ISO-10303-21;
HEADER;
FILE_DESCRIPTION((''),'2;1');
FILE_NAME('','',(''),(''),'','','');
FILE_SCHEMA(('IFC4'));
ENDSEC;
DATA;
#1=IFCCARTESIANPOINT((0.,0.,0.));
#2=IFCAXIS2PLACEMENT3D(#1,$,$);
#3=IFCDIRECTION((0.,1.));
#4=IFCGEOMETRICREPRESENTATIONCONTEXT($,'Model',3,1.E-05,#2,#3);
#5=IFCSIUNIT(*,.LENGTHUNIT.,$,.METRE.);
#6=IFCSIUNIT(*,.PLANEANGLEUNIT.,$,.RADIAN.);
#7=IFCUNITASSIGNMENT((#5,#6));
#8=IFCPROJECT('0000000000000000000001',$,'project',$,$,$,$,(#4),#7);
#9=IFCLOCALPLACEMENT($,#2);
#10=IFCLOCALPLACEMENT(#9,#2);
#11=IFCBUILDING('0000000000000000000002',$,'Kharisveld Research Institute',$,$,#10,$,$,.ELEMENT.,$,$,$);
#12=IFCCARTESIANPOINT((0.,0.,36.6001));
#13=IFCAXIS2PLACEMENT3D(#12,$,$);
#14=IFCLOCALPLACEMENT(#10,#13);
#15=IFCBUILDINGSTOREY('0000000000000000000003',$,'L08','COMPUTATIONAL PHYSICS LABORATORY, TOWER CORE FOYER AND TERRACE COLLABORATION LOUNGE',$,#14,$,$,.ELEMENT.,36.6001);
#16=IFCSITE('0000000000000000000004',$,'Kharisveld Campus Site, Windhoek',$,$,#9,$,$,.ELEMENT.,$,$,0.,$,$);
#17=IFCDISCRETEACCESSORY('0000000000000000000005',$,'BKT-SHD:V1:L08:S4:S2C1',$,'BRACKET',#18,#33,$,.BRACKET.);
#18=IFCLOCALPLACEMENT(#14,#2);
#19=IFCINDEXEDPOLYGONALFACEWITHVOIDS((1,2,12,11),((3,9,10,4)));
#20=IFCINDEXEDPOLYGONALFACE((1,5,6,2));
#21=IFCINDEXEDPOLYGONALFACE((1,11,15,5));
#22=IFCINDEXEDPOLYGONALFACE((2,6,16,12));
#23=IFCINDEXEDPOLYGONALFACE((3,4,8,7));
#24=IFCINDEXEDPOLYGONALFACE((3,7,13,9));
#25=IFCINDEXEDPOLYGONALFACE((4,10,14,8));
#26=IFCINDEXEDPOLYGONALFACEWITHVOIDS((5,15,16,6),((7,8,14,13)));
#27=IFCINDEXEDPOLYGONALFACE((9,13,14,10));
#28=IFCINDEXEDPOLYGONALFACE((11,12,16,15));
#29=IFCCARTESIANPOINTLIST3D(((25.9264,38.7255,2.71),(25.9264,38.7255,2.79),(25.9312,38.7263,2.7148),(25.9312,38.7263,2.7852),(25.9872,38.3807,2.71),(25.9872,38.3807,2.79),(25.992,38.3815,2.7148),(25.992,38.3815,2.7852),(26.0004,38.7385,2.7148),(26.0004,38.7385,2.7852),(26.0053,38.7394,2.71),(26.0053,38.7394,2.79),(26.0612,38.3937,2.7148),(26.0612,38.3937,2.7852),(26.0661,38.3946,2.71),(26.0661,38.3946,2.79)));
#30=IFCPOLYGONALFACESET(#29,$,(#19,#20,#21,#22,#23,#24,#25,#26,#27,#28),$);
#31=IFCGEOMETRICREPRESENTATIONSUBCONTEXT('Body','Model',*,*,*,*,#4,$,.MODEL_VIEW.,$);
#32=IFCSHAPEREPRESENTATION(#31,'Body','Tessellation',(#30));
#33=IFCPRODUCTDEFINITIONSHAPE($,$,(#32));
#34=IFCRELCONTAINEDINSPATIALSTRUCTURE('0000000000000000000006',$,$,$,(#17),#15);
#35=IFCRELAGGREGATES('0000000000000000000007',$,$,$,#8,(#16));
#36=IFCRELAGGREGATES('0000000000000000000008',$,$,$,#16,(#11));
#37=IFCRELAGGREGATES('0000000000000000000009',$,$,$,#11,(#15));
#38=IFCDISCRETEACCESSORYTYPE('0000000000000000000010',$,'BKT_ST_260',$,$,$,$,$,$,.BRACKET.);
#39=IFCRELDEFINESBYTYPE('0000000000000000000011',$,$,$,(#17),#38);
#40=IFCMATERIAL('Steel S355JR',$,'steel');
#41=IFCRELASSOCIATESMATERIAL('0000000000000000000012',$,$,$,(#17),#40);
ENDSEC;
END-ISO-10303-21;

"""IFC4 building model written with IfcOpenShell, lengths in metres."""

from ifc_helpers import new_model, si_unit, direction, frame, origin, origin_2d, place, context, subcontext, project, spatial, hollow_rectangle, extrude, material, type_object, element, save


model = new_model("IFC4")

# Units and contexts
model_context = context("Model", 3, precision=1e-05, world=origin(), true_north=direction((0.0, 1.0)))
body_context = subcontext(model_context, "Body", "Model", "MODEL_VIEW")
ifc_project = project(units=[si_unit("LENGTHUNIT", "METRE"), si_unit("PLANEANGLEUNIT", "RADIAN")], contexts=[model_context])

# Site, building, storey
site_placement = place(None, origin())
site = spatial("IfcSite", under=ifc_project, at=site_placement, Name="Kharisveld Campus Site, Windhoek", CompositionType="ELEMENT", RefElevation=0.0)
building_placement = place(site_placement, origin())
building = spatial("IfcBuilding", under=site, at=building_placement, Name="Kharisveld Research Institute", CompositionType="ELEMENT")
storey_placement = place(building_placement, frame((0.0, 0.0, 36.6001)))
storey = spatial("IfcBuildingStorey", under=building, at=storey_placement, Name="L08", Description="COMPUTATIONAL PHYSICS LABORATORY, TOWER CORE FOYER AND TERRACE COLLABORATION LOUNGE", CompositionType="ELEMENT", Elevation=36.6001)

# Discrete accessory
ifc_material_1 = material(Name="Steel S355JR", Category="steel")
discrete_accessory_type = type_object("IfcDiscreteAccessoryType", Name="BKT_ST_260", PredefinedType="BRACKET")
for number, where, z_axis, x_axis, name in (
    (1, (25.9658, 38.7324, 2.75), (0.173666, -0.984805, 0.0), (0.984805, 0.173666, 0.0), "BKT-SHD:V1:L08:S4:S2C1"),
):
    element("IfcDiscreteAccessory", number, at=place(storey_placement, frame(where, z_axis=z_axis, x_axis=x_axis)), inside=storey, type_object=discrete_accessory_type, material=ifc_material_1, Name=name, ObjectType="BRACKET", PredefinedType="BRACKET", context=body_context, shape_type="SweptSolid", body=[
        extrude(hollow_rectangle(XDim=0.0801, YDim=0.0801, WallThickness=0.0049, at=origin_2d()), origin(), (0.0, 0.0, 1.0), 0.3501),
    ])

save(model, "model.ifc")
